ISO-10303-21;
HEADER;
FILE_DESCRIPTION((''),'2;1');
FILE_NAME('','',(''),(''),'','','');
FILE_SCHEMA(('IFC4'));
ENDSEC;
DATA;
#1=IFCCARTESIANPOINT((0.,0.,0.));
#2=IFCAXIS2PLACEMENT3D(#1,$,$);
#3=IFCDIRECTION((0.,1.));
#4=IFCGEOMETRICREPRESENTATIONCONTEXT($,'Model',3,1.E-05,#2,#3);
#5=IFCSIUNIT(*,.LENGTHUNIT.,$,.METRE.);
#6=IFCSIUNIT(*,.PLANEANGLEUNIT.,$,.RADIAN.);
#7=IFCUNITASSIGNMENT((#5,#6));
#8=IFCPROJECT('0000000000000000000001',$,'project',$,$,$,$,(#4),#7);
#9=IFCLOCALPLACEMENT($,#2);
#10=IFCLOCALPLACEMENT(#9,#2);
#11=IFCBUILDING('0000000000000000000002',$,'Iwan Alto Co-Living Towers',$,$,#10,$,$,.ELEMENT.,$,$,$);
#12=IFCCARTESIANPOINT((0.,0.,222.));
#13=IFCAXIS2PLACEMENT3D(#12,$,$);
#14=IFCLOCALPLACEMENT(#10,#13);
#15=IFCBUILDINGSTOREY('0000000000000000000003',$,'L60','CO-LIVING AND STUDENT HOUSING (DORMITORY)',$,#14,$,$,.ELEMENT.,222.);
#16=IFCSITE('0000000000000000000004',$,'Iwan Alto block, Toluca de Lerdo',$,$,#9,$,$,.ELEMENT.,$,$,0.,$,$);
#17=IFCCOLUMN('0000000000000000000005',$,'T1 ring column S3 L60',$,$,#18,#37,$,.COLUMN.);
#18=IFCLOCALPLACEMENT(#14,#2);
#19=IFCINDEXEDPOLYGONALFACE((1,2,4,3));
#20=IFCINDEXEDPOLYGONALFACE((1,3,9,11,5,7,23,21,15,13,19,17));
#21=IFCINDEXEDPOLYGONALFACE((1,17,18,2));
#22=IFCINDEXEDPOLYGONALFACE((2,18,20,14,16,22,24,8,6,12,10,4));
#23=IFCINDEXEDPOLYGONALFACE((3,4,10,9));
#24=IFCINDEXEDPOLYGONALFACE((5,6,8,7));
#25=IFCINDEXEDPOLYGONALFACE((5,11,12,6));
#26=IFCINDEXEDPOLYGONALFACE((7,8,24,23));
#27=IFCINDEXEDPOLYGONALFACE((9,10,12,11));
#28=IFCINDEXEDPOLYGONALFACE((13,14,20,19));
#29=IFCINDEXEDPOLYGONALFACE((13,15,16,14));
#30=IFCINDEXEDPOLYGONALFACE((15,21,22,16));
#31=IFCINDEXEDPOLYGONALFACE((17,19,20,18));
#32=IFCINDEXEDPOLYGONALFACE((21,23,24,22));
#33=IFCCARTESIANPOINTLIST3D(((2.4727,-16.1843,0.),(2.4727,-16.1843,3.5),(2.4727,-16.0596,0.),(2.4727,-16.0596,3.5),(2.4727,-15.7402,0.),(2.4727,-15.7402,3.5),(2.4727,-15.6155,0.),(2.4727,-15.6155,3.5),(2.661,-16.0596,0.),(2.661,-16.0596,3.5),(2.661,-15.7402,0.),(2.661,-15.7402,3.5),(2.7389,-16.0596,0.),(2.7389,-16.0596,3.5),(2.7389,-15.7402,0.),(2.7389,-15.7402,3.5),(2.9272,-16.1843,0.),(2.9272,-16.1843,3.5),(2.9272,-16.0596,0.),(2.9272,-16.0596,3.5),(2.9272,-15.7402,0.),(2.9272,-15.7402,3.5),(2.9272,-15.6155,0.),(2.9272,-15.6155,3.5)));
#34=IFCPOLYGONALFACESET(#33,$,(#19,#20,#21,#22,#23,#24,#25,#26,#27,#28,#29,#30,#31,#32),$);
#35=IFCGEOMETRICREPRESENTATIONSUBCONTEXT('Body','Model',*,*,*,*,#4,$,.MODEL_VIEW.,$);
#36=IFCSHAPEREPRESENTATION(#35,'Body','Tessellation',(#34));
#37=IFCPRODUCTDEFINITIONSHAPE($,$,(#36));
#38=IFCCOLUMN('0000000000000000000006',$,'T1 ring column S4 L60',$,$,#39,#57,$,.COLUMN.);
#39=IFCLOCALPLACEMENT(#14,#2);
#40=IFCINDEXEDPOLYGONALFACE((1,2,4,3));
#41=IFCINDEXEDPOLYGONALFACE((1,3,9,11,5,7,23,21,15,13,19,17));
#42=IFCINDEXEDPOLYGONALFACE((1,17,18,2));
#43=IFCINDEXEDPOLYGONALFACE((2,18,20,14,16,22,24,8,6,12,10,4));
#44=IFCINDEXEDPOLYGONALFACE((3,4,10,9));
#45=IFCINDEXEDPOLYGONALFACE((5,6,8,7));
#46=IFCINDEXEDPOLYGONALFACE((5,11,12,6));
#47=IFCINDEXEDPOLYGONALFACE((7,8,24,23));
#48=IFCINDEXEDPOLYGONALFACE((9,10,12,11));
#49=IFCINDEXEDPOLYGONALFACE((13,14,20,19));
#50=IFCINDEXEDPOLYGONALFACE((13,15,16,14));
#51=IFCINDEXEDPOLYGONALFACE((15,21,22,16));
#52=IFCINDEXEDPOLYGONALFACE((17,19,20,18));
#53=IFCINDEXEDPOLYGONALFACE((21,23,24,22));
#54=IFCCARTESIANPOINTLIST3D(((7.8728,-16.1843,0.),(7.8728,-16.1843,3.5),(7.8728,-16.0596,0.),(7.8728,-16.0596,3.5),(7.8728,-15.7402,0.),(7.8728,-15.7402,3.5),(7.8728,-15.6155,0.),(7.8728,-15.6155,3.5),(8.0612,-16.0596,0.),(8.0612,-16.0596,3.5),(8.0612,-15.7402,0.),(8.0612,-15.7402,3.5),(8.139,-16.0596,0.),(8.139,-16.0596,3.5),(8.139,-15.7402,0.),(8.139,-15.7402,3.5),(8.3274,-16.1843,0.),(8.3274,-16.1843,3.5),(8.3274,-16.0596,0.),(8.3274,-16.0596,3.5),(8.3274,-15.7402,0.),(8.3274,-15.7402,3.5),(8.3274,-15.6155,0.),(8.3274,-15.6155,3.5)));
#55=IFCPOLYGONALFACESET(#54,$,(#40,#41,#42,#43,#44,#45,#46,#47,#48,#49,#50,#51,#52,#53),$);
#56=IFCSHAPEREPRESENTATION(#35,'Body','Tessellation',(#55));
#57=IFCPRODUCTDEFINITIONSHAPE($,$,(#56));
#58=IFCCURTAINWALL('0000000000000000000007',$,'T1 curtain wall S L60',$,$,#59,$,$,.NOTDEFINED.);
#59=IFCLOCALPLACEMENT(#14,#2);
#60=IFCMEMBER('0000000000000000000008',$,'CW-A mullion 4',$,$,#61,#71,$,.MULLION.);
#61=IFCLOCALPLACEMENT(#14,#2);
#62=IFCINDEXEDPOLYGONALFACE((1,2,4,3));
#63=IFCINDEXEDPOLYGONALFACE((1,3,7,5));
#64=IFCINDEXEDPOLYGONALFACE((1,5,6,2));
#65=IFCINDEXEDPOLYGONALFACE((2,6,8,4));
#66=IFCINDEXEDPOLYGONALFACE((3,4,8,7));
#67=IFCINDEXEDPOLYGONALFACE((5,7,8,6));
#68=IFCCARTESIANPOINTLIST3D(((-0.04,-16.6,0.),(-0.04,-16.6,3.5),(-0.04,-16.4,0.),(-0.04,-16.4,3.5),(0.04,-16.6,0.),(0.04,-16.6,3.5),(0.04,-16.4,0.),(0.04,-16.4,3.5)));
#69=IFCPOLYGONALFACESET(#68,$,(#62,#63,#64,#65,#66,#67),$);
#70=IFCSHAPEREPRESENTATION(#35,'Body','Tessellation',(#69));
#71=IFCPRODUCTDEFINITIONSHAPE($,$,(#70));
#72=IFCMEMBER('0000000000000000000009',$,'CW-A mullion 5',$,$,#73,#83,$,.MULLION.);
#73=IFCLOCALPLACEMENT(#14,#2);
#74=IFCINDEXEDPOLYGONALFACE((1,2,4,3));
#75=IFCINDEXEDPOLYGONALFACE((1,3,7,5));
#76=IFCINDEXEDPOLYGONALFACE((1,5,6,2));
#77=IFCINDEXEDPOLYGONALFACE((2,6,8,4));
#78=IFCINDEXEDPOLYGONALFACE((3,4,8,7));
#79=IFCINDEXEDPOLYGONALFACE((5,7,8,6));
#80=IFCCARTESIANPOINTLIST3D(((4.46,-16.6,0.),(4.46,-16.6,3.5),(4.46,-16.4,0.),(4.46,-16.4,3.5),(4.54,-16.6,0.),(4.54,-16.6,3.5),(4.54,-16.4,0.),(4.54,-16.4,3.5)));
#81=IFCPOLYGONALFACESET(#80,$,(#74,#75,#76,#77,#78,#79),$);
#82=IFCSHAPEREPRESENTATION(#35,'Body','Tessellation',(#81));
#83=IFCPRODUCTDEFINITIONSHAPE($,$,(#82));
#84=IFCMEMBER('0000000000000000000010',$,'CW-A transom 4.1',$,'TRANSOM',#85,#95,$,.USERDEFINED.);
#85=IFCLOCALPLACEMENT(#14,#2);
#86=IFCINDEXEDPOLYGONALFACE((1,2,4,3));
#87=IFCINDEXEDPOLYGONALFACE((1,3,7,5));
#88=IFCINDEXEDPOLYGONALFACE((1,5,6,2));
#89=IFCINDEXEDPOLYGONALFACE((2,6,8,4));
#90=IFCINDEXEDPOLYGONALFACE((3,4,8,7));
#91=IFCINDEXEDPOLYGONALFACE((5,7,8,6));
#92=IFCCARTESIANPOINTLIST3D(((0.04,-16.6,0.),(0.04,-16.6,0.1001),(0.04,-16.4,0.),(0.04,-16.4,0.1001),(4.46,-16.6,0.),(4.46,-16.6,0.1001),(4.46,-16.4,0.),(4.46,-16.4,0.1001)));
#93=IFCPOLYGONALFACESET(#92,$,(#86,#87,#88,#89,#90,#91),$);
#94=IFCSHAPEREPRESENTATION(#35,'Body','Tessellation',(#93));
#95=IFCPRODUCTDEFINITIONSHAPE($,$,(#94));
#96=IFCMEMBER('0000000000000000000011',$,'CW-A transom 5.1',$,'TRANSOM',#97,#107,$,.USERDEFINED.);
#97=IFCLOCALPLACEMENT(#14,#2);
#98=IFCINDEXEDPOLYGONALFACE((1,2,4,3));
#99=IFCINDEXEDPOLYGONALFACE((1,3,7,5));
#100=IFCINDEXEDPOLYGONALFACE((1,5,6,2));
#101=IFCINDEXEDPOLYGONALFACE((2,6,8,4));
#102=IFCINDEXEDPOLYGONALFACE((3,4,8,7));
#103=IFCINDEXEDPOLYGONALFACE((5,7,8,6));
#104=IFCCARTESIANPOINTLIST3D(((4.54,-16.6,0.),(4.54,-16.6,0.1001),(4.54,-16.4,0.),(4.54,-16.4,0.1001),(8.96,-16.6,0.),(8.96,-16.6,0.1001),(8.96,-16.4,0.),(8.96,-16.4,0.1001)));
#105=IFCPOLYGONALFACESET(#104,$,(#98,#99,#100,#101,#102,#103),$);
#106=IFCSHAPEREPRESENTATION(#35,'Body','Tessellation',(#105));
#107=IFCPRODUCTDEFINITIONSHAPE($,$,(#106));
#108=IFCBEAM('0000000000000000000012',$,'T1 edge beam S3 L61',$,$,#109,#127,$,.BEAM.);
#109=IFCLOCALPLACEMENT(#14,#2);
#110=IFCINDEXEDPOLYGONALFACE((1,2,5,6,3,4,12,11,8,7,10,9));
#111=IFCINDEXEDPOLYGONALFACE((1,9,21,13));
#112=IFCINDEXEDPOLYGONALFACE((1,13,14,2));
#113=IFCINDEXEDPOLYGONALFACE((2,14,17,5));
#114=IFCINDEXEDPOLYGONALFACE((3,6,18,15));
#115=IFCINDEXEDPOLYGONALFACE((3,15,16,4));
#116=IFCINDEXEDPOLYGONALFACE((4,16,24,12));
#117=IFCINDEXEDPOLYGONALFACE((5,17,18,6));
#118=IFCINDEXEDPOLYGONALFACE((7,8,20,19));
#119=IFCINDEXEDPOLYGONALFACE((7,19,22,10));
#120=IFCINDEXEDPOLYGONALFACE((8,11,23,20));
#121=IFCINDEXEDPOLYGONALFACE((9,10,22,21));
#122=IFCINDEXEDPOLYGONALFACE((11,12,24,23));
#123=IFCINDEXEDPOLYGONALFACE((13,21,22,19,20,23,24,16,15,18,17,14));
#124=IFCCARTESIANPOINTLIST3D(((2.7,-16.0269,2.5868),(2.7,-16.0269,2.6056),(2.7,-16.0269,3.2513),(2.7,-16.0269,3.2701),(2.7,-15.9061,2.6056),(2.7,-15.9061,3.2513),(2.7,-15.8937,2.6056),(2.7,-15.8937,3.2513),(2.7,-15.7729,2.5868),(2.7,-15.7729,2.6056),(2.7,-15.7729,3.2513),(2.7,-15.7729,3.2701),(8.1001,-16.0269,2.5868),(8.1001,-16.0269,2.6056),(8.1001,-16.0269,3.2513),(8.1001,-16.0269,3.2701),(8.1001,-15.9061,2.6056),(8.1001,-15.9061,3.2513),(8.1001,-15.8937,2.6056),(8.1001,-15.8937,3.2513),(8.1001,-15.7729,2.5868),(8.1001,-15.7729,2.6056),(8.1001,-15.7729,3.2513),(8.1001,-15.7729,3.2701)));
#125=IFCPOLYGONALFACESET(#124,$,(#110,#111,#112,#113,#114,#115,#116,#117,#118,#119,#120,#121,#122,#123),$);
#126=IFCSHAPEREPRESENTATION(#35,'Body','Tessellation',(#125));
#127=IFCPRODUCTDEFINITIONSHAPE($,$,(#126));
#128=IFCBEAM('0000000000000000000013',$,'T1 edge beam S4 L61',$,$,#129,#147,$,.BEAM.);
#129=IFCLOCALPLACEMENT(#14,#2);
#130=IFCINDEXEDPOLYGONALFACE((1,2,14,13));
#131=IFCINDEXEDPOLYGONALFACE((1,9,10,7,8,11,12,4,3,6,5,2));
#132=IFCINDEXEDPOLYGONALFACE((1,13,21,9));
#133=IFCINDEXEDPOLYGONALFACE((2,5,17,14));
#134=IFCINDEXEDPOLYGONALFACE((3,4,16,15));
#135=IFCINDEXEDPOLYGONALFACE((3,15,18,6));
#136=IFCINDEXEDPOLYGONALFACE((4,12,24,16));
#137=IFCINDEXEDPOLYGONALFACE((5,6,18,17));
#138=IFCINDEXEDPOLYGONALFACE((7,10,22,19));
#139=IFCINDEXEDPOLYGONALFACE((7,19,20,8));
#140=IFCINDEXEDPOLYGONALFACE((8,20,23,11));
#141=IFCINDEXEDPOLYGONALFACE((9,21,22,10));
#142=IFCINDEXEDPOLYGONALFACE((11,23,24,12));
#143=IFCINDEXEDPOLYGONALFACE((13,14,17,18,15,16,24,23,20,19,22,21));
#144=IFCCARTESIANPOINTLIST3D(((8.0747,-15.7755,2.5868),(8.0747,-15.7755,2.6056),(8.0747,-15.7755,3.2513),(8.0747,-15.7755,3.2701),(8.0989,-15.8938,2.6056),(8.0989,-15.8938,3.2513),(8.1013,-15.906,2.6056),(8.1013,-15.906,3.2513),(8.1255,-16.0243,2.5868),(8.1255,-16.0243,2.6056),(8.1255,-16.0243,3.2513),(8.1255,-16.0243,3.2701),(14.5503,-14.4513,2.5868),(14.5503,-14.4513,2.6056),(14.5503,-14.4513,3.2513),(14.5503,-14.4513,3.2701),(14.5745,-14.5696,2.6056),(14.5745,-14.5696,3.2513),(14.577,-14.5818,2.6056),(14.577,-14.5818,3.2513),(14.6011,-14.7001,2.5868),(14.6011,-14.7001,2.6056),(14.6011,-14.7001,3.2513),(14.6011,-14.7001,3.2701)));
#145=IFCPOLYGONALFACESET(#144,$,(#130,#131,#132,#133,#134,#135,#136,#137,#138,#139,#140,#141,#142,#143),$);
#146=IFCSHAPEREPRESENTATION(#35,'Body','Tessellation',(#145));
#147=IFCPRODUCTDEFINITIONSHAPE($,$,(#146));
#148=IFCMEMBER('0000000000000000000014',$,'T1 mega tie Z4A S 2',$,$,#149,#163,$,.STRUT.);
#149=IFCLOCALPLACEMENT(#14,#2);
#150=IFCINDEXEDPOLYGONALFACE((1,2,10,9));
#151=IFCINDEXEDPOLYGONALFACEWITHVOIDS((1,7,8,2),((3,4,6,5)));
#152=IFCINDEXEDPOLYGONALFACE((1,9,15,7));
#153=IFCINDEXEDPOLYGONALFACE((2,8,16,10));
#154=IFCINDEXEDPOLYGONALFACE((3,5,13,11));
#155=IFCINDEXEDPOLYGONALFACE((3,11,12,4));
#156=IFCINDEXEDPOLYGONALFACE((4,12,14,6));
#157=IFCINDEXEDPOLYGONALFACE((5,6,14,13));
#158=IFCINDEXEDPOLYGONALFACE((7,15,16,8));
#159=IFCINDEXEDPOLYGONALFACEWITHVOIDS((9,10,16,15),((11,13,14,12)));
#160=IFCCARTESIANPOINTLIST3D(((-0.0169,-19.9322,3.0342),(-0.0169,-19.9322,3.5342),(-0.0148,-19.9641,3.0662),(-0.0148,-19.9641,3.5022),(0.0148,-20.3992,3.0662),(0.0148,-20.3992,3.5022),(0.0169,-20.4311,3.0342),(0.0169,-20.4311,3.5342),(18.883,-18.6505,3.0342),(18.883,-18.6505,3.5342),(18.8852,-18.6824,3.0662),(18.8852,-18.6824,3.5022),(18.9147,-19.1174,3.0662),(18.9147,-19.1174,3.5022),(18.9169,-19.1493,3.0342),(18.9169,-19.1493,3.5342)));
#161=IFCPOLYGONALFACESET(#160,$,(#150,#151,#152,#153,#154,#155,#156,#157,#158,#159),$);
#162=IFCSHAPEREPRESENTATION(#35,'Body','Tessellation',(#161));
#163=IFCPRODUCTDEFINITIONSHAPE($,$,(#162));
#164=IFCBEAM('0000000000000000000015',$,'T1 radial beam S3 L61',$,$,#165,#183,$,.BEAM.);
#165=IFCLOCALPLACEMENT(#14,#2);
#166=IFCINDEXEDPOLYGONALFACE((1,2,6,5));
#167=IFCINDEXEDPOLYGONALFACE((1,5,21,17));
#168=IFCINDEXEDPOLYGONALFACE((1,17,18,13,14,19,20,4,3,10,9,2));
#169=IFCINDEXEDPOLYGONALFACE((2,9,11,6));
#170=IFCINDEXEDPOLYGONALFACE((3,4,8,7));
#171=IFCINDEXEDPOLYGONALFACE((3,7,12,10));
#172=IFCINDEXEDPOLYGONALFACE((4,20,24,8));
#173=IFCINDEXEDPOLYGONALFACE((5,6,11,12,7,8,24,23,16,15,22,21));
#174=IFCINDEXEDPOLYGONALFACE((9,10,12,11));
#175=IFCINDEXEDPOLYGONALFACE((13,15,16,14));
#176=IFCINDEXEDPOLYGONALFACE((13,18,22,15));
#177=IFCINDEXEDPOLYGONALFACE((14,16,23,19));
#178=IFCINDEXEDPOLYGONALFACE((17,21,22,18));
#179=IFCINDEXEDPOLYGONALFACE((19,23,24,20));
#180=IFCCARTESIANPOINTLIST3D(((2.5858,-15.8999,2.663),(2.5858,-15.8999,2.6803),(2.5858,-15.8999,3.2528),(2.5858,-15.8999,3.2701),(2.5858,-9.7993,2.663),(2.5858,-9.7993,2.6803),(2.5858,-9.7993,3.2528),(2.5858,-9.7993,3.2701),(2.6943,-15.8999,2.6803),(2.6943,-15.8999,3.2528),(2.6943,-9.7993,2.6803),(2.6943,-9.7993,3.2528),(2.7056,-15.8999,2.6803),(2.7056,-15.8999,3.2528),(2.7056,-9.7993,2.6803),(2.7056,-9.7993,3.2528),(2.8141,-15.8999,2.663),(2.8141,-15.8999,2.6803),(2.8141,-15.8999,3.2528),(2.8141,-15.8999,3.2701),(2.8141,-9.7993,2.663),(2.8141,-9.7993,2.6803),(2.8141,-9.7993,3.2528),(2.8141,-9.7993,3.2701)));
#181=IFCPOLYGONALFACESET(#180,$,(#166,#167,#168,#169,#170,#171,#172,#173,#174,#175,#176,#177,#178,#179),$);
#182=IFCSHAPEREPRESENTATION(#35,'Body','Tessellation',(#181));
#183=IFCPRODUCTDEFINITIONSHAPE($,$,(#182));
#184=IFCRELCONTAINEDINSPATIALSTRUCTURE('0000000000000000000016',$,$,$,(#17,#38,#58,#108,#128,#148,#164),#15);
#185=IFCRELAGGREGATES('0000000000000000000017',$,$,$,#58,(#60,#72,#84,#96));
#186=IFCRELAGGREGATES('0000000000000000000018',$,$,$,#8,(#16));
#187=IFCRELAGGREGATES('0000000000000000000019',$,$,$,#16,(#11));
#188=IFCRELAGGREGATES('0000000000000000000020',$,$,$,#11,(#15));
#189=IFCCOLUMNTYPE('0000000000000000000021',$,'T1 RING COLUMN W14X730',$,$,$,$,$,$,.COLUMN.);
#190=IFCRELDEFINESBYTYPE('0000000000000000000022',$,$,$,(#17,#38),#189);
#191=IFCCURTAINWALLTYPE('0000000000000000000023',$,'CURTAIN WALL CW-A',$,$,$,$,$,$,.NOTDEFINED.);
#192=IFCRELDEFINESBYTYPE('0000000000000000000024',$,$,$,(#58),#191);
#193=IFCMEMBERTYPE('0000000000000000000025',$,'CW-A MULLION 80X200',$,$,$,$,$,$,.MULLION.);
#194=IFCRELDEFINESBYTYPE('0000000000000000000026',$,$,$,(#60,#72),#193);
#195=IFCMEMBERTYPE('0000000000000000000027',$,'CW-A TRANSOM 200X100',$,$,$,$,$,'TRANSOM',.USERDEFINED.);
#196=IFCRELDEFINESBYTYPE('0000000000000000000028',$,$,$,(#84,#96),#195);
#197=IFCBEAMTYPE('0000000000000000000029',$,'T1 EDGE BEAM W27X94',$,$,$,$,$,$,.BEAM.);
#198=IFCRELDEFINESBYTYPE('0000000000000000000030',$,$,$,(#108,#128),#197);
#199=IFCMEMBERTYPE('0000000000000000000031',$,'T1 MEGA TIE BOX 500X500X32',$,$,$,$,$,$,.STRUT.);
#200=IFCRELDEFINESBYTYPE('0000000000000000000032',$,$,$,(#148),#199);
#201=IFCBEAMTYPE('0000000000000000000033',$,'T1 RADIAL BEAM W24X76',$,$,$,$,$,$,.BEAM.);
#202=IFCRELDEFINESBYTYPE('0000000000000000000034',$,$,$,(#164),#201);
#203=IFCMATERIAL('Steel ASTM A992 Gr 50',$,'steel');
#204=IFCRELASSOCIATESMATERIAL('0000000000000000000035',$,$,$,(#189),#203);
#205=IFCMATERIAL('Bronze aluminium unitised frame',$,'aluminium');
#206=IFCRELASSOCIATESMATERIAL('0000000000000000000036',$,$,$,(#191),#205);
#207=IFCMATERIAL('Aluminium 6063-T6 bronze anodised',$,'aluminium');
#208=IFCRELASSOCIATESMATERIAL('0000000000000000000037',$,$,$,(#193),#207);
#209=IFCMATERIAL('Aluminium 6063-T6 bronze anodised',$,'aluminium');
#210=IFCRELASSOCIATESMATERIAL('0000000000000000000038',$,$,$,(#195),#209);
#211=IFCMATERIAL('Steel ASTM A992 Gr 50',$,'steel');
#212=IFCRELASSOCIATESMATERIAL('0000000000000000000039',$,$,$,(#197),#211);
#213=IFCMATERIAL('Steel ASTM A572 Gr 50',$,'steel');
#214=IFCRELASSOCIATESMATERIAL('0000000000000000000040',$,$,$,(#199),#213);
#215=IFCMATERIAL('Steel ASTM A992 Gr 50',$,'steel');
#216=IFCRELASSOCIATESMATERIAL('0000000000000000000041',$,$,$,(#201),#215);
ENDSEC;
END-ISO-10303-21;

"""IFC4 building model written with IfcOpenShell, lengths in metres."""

from ifc_helpers import new_model, si_unit, direction, frame, origin, origin_2d, place, context, subcontext, project, spatial, rectangle, hollow_rectangle, i_section, extrude, material, material_profile, profile_set, type_object, element, aggregate, save


model = new_model("IFC4")

# Units and contexts
model_context = context("Model", 3, precision=1e-05, world=origin(), true_north=direction((0.0, 1.0)))
body_context = subcontext(model_context, "Body", "Model", "MODEL_VIEW")
ifc_project = project(units=[si_unit("LENGTHUNIT", "METRE"), si_unit("PLANEANGLEUNIT", "RADIAN")], contexts=[model_context])

# Site, building, storey
site_placement = place(None, origin())
site = spatial("IfcSite", under=ifc_project, at=site_placement, Name="Iwan Alto block, Toluca de Lerdo", CompositionType="ELEMENT", RefElevation=0.0)
building_placement = place(site_placement, origin())
building = spatial("IfcBuilding", under=site, at=building_placement, Name="Iwan Alto Co-Living Towers", CompositionType="ELEMENT")
storey_placement = place(building_placement, frame((0.0, 0.0, 222.0)))
storey = spatial("IfcBuildingStorey", under=building, at=storey_placement, Name="L60", Description="CO-LIVING AND STUDENT HOUSING (DORMITORY)", CompositionType="ELEMENT", Elevation=222.0)

# Columns
ifc_material_1 = material(Name="Steel ASTM A992 Gr 50", Category="steel")
ifc_material_profile_1 = material_profile(ifc_material_1, i_section(OverallWidth=0.4546, OverallDepth=0.5688, WebThickness=0.0779, FlangeThickness=0.1248, at=origin_2d()), Name="W14X730")
ifc_profile_set_1 = profile_set([ifc_material_profile_1], Name="Steel ASTM A992 Gr 50")
column_type = type_object("IfcColumnType", Name="T1 RING COLUMN W14X730", PredefinedType="COLUMN", material=ifc_profile_set_1)
for number, where, z_axis, x_axis, name in (
    (1, (2.7, -15.8999, 0.0), (0.0, 0.0, 1.0), (1.0, 0.0, 0.0), "T1 ring column S3 L60"),
    (2, (8.1001, -15.8999, 0.0), (0.0, 0.0, 1.0), (1.0, 0.0, 0.0), "T1 ring column S4 L60"),
):
    element("IfcColumn", number, at=place(storey_placement, frame(where, z_axis=z_axis, x_axis=x_axis)), inside=storey, type_object=column_type, Name=name, PredefinedType="COLUMN", context=body_context, shape_type="SweptSolid", body=[
        extrude(i_section(OverallWidth=0.4546, OverallDepth=0.5688, WebThickness=0.0779, FlangeThickness=0.1248, at=origin_2d()), origin(), (0.0, 0.0, 1.0), 3.5),
    ])

# Curtain wall, members
ifc_material_2 = material(Name="Bronze aluminium unitised frame", Category="aluminium")
curtain_wall_type = type_object("IfcCurtainWallType", Name="CURTAIN WALL CW-A", PredefinedType="NOTDEFINED", material=ifc_material_2)
curtain_wall_placement = place(storey_placement, origin())
curtain_wall = element("IfcCurtainWall", 3, at=curtain_wall_placement, inside=storey, type_object=curtain_wall_type, Name="T1 curtain wall S L60", PredefinedType="NOTDEFINED")
ifc_material_3 = material(Name="Aluminium 6063-T6 bronze anodised", Category="aluminium")
ifc_material_profile_2 = material_profile(ifc_material_3, rectangle(XDim=0.2, YDim=0.0801, at=origin_2d()), Name="AL 80X200")
ifc_profile_set_2 = profile_set([ifc_material_profile_2], Name="Aluminium 6063-T6 bronze anodised")
member_type_1 = type_object("IfcMemberType", Name="CW-A MULLION 80X200", PredefinedType="MULLION", material=ifc_profile_set_2)
member_1_placement = place(storey_placement, frame((0.0, -16.5, 0.0), z_axis=(0.0, 0.0, 1.0), x_axis=(0.0, 1.0, 0.0)))
member_1 = element("IfcMember", 4, at=member_1_placement, type_object=member_type_1, Name="CW-A mullion 4", PredefinedType="MULLION", context=body_context, shape_type="SweptSolid", body=[
    extrude(rectangle(XDim=0.2, YDim=0.0801, at=origin_2d()), origin(), (0.0, 0.0, 1.0), 3.5),
])
member_2_placement = place(storey_placement, frame((4.5, -16.5, 0.0), z_axis=(0.0, 0.0, 1.0), x_axis=(0.0, 1.0, 0.0)))
member_2 = element("IfcMember", 5, at=member_2_placement, type_object=member_type_1, Name="CW-A mullion 5", PredefinedType="MULLION", context=body_context, shape_type="SweptSolid", body=[
    extrude(rectangle(XDim=0.2, YDim=0.0801, at=origin_2d()), origin(), (0.0, 0.0, 1.0), 3.5),
])
ifc_material_4 = material(Name="Aluminium 6063-T6 bronze anodised", Category="aluminium")
ifc_material_profile_3 = material_profile(ifc_material_4, rectangle(XDim=0.2, YDim=0.1001, at=origin_2d()), Name="AL 200X100")
ifc_profile_set_3 = profile_set([ifc_material_profile_3], Name="Aluminium 6063-T6 bronze anodised")
member_type_2 = type_object("IfcMemberType", Name="CW-A TRANSOM 200X100", ElementType="TRANSOM", PredefinedType="USERDEFINED", material=ifc_profile_set_3)
member_3_placement = place(storey_placement, frame((0.04, -16.5, 0.05), z_axis=(1.0, 0.0, 0.0), x_axis=(0.0, 1.0, 0.0)))
member_3 = element("IfcMember", 6, at=member_3_placement, type_object=member_type_2, Name="CW-A transom 4.1", ObjectType="TRANSOM", PredefinedType="USERDEFINED", context=body_context, shape_type="SweptSolid", body=[
    extrude(rectangle(XDim=0.2, YDim=0.1001, at=origin_2d()), origin(), (0.0, 0.0, 1.0), 4.4199),
])
member_4_placement = place(storey_placement, frame((4.54, -16.5, 0.05), z_axis=(1.0, 0.0, 0.0), x_axis=(0.0, 1.0, 0.0)))
member_4 = element("IfcMember", 7, at=member_4_placement, type_object=member_type_2, Name="CW-A transom 5.1", ObjectType="TRANSOM", PredefinedType="USERDEFINED", context=body_context, shape_type="SweptSolid", body=[
    extrude(rectangle(XDim=0.2, YDim=0.1001, at=origin_2d()), origin(), (0.0, 0.0, 1.0), 4.4199),
])

# Beams
ifc_material_5 = material(Name="Steel ASTM A992 Gr 50", Category="steel")
ifc_material_profile_4 = material_profile(ifc_material_5, i_section(OverallWidth=0.2539, OverallDepth=0.6833, WebThickness=0.0125, FlangeThickness=0.0188, at=origin_2d()), Name="W27X94")
ifc_profile_set_4 = profile_set([ifc_material_profile_4], Name="Steel ASTM A992 Gr 50")
beam_type_1 = type_object("IfcBeamType", Name="T1 EDGE BEAM W27X94", PredefinedType="BEAM", material=ifc_profile_set_4)
beam_1_placement = place(storey_placement, frame((2.7, -15.8999, 2.9285), z_axis=(1.0, 0.0, 0.0), x_axis=(0.0, 1.0, 0.0)))
element("IfcBeam", 8, at=beam_1_placement, inside=storey, type_object=beam_type_1, Name="T1 edge beam S3 L61", PredefinedType="BEAM", context=body_context, shape_type="SweptSolid", body=[
    extrude(i_section(OverallWidth=0.2539, OverallDepth=0.6833, WebThickness=0.0125, FlangeThickness=0.0188, at=origin_2d()), origin(), (0.0, 0.0, 1.0), 5.4001),
])
beam_2_placement = place(storey_placement, frame((8.1001, -15.8999, 2.9285), z_axis=(0.979725, 0.200348, 0.0), x_axis=(-0.200348, 0.979725, 0.0)))
element("IfcBeam", 9, at=beam_2_placement, inside=storey, type_object=beam_type_1, Name="T1 edge beam S4 L61", PredefinedType="BEAM", context=body_context, shape_type="SweptSolid", body=[
    extrude(i_section(OverallWidth=0.2539, OverallDepth=0.6833, WebThickness=0.0125, FlangeThickness=0.0188, at=origin_2d()), origin(), (0.0, 0.0, 1.0), 6.6096),
])

# Member
ifc_material_6 = material(Name="Steel ASTM A572 Gr 50", Category="steel")
ifc_material_profile_5 = material_profile(ifc_material_6, hollow_rectangle(XDim=0.5, YDim=0.5, WallThickness=0.032, at=origin_2d()), Name="BOX 500X500X32")
ifc_profile_set_5 = profile_set([ifc_material_profile_5], Name="Steel ASTM A572 Gr 50")
member_type_3 = type_object("IfcMemberType", Name="T1 MEGA TIE BOX 500X500X32", PredefinedType="STRUT", material=ifc_profile_set_5)
member_5_placement = place(storey_placement, frame((0.0, -20.1816, 3.2842), z_axis=(0.997708, 0.067662, 0.0), x_axis=(-0.067662, 0.997708, 0.0)))
element("IfcMember", 10, at=member_5_placement, inside=storey, type_object=member_type_3, Name="T1 mega tie Z4A S 2", PredefinedType="STRUT", context=body_context, shape_type="SweptSolid", body=[
    extrude(hollow_rectangle(XDim=0.5, YDim=0.5, WallThickness=0.032, at=origin_2d()), origin(), (0.0, 0.0, 1.0), 18.9434),
])

# Beam
ifc_material_7 = material(Name="Steel ASTM A992 Gr 50", Category="steel")
ifc_material_profile_6 = material_profile(ifc_material_7, i_section(OverallWidth=0.2283, OverallDepth=0.6072, WebThickness=0.0112, FlangeThickness=0.0173, at=origin_2d()), Name="W24X76")
ifc_profile_set_6 = profile_set([ifc_material_profile_6], Name="Steel ASTM A992 Gr 50")
beam_type_2 = type_object("IfcBeamType", Name="T1 RADIAL BEAM W24X76", PredefinedType="BEAM", material=ifc_profile_set_6)
beam_3_placement = place(storey_placement, frame((2.7, -15.8999, 2.9666), z_axis=(0.0, 1.0, 0.0), x_axis=(-1.0, 0.0, 0.0)))
element("IfcBeam", 11, at=beam_3_placement, inside=storey, type_object=beam_type_2, Name="T1 radial beam S3 L61", PredefinedType="BEAM", context=body_context, shape_type="SweptSolid", body=[
    extrude(i_section(OverallWidth=0.2283, OverallDepth=0.6072, WebThickness=0.0112, FlangeThickness=0.0173, at=origin_2d()), origin(), (0.0, 0.0, 1.0), 6.1006),
])

aggregate(curtain_wall, [member_1, member_2, member_3, member_4])

save(model, "model.ifc")
